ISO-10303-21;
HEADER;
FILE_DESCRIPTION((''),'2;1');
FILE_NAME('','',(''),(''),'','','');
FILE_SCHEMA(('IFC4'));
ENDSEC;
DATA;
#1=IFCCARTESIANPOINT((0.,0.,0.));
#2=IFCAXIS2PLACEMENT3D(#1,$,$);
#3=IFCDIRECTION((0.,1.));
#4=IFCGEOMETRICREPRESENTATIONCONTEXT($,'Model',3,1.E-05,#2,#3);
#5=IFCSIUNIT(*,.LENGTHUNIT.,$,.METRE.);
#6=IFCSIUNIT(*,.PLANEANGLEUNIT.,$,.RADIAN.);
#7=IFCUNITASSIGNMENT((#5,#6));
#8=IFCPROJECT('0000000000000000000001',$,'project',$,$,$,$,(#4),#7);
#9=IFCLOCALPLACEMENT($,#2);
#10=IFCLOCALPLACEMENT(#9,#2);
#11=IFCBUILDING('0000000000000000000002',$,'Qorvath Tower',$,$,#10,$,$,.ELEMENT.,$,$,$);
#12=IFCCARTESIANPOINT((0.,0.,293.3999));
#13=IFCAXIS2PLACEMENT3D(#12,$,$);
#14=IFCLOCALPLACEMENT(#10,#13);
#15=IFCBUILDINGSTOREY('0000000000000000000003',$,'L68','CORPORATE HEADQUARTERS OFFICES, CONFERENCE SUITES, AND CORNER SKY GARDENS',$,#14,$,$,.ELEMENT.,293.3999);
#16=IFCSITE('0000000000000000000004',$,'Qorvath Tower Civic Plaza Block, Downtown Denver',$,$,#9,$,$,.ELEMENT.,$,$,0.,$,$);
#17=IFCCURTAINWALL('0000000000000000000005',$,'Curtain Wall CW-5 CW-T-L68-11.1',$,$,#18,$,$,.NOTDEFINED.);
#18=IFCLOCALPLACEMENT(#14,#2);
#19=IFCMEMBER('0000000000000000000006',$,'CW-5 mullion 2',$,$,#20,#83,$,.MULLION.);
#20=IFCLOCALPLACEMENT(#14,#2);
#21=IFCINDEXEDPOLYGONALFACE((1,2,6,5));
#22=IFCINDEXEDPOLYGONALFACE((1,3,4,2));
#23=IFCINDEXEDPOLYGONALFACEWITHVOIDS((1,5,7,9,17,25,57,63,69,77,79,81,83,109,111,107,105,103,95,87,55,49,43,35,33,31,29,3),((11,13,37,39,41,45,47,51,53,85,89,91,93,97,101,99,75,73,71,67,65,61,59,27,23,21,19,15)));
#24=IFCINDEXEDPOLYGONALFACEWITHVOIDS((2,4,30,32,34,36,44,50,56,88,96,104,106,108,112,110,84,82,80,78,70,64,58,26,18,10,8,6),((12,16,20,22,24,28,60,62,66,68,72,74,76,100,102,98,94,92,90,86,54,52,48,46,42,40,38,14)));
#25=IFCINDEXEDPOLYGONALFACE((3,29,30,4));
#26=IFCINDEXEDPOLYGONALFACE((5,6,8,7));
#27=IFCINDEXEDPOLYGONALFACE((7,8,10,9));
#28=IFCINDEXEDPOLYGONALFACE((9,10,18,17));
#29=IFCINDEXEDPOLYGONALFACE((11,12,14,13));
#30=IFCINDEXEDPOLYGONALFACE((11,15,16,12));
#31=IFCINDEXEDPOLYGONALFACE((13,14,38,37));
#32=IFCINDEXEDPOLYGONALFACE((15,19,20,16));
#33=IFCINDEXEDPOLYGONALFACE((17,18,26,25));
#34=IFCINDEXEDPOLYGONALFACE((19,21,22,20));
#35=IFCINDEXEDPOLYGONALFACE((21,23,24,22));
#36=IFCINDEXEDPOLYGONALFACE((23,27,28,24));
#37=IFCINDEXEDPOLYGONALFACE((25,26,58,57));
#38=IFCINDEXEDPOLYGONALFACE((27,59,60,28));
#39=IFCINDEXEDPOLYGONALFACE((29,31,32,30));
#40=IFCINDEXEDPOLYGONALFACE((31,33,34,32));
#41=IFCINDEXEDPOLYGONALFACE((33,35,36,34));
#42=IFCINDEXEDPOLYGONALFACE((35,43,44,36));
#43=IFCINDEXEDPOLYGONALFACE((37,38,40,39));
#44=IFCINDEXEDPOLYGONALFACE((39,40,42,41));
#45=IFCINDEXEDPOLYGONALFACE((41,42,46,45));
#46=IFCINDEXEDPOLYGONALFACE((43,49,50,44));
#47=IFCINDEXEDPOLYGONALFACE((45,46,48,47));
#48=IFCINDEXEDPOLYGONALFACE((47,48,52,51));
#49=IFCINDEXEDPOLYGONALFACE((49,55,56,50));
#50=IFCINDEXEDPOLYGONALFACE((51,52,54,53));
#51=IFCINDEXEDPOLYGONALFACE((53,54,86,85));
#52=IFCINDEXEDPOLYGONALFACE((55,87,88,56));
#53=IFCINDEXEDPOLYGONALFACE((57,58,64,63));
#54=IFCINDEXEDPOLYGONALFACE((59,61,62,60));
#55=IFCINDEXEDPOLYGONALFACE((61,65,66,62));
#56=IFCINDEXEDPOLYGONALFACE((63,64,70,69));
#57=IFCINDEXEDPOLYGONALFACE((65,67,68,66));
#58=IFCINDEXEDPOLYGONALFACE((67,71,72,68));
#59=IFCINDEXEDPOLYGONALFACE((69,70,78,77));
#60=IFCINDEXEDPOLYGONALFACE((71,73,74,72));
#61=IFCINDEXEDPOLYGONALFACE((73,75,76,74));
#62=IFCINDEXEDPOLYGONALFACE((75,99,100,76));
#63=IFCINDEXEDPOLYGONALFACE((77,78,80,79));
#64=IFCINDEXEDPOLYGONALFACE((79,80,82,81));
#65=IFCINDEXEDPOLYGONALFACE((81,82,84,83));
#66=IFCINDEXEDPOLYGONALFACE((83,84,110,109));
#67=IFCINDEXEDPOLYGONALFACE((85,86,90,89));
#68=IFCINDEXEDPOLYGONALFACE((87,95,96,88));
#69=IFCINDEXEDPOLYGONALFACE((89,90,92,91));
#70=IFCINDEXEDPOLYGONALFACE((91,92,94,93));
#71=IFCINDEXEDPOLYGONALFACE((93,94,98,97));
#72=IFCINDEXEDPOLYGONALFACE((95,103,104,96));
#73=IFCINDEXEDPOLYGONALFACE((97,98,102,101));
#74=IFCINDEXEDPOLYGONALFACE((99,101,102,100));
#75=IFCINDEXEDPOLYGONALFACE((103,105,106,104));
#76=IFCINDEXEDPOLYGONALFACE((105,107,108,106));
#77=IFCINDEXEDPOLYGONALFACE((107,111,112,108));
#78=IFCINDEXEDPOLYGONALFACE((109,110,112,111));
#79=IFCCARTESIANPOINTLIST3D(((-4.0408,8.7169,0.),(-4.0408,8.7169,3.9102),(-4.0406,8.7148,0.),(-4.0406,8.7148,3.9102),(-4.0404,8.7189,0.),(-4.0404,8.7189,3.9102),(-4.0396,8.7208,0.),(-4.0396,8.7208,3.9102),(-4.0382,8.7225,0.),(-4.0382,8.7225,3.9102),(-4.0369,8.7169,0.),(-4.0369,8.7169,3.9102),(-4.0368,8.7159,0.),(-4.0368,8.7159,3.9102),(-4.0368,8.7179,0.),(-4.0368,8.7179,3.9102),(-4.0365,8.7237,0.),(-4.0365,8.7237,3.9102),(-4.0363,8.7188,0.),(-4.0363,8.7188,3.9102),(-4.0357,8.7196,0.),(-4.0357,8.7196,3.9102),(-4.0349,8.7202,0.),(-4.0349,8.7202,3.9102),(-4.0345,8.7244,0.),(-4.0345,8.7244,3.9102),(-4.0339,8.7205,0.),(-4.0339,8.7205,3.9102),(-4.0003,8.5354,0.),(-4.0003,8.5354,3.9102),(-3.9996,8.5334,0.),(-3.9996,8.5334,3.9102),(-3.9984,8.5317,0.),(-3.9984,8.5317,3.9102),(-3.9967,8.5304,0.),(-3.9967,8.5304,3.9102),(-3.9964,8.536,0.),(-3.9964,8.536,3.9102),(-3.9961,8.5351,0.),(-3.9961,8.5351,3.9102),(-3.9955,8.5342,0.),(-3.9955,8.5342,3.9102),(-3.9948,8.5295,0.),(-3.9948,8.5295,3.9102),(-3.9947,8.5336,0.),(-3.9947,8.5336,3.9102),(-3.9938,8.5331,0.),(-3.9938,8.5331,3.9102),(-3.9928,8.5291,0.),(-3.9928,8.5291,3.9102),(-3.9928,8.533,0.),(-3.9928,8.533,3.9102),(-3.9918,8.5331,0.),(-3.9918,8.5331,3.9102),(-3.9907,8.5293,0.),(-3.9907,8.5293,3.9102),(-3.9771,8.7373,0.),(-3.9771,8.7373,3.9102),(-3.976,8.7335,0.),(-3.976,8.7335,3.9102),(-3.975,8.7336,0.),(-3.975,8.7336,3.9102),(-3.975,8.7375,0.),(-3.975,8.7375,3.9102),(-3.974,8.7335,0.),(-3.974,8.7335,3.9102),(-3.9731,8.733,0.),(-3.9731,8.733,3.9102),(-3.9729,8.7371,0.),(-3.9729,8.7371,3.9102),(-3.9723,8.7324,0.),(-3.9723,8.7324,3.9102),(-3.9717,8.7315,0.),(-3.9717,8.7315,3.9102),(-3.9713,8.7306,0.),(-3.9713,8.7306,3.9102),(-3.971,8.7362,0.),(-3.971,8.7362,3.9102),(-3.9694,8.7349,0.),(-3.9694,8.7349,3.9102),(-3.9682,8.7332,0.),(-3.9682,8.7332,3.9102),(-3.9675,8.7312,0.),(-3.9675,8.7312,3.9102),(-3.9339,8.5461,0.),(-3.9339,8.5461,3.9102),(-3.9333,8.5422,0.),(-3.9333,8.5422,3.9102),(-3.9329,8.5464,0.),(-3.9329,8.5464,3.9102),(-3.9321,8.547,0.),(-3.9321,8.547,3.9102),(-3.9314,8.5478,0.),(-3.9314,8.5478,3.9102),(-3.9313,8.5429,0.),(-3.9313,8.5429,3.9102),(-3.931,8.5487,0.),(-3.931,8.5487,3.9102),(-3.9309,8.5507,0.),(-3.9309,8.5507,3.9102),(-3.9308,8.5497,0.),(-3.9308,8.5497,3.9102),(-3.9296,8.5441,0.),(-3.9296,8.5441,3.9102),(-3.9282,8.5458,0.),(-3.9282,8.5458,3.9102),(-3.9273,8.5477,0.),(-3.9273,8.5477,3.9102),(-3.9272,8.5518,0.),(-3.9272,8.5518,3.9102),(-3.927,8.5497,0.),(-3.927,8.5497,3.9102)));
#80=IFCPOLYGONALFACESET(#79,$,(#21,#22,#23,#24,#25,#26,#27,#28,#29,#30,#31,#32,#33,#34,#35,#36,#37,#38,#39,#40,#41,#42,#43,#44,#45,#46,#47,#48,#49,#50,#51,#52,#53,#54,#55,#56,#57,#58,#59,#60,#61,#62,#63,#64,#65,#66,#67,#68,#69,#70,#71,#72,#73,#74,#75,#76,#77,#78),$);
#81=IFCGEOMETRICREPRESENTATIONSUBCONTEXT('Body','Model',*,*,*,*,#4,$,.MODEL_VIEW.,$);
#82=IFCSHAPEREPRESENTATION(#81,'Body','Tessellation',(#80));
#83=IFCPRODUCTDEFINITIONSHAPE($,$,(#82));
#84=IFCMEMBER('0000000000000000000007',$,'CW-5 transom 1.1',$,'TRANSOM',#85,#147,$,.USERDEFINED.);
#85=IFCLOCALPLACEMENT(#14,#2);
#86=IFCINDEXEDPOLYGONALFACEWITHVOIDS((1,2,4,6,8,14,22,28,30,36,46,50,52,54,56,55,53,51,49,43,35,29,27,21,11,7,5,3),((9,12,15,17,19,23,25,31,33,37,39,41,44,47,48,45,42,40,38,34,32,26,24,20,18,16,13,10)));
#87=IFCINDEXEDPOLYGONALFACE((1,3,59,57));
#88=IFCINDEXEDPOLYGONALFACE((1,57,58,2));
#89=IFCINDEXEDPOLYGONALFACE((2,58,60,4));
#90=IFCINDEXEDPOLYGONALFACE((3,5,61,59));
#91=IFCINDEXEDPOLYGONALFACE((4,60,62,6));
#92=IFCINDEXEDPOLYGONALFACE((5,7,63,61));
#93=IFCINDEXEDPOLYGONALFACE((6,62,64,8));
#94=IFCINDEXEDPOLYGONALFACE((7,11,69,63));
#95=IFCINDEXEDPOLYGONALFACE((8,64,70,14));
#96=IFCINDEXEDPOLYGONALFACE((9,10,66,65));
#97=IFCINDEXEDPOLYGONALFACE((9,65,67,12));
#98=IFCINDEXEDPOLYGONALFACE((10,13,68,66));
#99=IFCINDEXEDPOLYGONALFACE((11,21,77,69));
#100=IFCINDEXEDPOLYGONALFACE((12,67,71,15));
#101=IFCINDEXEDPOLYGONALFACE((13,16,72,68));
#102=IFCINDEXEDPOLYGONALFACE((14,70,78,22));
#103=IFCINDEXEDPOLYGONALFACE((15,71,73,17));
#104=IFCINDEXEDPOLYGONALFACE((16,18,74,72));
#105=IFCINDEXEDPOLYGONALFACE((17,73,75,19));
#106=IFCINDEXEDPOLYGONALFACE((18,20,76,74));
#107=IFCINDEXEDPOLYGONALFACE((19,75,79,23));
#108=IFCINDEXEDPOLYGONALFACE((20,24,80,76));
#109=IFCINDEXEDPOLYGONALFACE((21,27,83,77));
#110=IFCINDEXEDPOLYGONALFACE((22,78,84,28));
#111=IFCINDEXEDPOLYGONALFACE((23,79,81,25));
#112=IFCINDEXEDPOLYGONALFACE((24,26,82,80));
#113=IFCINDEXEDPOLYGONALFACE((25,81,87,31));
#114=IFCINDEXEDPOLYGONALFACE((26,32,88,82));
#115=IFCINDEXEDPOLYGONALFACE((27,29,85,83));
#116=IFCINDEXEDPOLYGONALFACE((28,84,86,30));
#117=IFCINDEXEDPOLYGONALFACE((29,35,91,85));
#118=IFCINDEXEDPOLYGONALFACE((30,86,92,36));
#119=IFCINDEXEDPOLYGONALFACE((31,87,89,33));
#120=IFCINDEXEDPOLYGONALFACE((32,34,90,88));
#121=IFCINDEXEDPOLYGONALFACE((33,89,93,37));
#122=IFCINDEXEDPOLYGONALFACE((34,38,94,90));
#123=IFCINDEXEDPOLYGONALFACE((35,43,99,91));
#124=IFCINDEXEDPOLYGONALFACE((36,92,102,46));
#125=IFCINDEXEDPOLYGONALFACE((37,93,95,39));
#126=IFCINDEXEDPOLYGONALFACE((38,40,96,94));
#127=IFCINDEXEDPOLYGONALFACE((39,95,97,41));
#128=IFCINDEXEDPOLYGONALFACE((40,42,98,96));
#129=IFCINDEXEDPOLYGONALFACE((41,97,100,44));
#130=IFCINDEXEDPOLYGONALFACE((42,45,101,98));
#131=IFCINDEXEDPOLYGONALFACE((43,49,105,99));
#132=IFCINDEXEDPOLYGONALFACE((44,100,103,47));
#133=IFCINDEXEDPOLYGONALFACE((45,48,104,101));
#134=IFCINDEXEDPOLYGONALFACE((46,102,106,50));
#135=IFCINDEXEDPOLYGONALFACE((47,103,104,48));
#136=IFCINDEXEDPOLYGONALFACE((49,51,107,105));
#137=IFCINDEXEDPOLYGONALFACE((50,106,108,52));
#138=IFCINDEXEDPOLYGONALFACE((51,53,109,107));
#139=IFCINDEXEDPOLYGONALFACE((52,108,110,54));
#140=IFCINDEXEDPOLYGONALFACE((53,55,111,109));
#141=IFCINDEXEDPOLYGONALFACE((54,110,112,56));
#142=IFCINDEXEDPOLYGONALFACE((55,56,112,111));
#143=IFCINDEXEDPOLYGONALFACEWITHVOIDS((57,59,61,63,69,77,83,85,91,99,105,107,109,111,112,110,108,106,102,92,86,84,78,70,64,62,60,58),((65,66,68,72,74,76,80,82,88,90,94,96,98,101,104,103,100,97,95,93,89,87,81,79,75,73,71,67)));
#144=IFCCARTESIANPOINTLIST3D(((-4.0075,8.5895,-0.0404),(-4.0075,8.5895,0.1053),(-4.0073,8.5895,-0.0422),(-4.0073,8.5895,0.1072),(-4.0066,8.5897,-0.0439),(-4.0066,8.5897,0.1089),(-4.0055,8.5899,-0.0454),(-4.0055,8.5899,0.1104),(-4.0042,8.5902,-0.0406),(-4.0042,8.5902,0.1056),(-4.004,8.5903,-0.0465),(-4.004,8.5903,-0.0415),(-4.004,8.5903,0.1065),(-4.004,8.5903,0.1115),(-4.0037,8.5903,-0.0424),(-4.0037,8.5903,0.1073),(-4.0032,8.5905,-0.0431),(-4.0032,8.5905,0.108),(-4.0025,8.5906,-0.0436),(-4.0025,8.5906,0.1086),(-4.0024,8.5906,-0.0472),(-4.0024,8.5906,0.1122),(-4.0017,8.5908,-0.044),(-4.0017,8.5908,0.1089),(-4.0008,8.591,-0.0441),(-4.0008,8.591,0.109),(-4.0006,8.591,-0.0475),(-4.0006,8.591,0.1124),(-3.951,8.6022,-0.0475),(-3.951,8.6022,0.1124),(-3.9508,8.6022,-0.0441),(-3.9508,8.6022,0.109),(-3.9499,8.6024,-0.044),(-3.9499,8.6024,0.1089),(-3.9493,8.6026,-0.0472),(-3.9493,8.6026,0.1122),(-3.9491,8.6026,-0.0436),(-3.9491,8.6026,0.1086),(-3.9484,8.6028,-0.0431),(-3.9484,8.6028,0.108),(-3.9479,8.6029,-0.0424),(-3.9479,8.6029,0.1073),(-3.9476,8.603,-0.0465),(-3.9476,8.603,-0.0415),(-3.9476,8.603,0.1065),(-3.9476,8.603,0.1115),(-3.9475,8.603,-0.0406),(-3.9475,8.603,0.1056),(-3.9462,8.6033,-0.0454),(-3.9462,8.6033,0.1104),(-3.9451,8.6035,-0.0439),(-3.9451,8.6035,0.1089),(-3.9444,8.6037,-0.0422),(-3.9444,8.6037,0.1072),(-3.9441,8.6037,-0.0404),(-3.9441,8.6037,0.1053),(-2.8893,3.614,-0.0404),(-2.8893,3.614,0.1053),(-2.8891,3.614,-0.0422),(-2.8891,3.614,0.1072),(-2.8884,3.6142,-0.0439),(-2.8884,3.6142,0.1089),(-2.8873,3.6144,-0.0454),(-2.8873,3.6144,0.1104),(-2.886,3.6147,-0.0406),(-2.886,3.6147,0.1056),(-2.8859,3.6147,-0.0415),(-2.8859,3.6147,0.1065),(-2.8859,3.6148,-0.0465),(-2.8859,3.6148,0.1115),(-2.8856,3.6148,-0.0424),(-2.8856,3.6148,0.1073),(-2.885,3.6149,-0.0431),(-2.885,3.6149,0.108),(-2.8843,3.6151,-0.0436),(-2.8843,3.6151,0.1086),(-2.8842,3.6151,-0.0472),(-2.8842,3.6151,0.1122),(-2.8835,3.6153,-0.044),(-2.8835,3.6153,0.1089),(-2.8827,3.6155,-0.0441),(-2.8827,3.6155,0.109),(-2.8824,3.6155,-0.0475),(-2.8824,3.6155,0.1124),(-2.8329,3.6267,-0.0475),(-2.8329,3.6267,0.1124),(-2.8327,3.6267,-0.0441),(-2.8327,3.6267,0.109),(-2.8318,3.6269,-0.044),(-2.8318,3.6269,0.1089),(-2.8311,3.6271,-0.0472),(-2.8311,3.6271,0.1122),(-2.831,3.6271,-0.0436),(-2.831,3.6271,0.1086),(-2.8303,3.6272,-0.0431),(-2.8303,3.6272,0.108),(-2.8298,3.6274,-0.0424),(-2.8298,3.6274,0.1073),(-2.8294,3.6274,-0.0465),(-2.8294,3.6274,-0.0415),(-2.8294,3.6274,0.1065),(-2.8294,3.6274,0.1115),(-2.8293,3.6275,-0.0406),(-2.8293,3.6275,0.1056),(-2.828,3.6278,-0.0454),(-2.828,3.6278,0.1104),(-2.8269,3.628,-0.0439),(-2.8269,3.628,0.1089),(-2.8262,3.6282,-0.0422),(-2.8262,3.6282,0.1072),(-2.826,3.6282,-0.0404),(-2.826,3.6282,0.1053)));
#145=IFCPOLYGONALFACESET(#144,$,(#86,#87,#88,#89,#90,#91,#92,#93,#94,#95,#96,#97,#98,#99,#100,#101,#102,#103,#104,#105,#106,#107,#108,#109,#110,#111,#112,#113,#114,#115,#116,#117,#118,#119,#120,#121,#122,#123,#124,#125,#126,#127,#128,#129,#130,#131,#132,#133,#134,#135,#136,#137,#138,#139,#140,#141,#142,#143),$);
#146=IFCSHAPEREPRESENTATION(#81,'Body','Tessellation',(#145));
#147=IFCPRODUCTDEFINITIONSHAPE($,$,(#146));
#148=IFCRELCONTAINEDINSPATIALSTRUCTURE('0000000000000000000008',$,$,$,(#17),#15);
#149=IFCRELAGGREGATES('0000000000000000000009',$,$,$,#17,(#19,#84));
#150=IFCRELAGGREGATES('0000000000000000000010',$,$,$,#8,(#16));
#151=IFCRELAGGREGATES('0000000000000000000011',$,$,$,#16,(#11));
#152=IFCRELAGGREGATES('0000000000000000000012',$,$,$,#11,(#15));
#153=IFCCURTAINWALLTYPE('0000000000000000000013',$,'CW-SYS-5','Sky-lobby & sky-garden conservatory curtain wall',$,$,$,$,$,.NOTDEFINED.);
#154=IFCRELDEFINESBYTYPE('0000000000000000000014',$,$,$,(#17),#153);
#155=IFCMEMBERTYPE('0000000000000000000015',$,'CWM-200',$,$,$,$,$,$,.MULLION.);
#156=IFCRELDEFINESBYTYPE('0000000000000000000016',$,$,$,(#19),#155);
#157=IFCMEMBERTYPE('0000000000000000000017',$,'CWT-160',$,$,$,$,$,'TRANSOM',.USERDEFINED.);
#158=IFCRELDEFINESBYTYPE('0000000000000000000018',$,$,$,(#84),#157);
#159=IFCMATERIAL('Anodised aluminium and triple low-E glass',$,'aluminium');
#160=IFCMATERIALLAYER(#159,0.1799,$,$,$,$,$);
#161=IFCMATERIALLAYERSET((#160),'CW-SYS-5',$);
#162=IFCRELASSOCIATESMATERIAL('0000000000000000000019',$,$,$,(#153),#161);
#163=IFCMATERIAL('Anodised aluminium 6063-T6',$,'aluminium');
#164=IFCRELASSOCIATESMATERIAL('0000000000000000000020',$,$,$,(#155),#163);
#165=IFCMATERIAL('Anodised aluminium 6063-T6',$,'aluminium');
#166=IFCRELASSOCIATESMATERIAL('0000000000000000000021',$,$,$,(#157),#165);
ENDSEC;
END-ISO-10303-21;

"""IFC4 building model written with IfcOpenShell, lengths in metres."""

from ifc_helpers import new_model, si_unit, direction, frame, origin, origin_2d, place, context, subcontext, project, spatial, hollow_rectangle, extrude, material, layer, layer_set, material_profile, profile_set, type_object, element, aggregate, save


model = new_model("IFC4")

# Units and contexts
model_context = context("Model", 3, precision=1e-05, world=origin(), true_north=direction((0.0, 1.0)))
body_context = subcontext(model_context, "Body", "Model", "MODEL_VIEW")
ifc_project = project(units=[si_unit("LENGTHUNIT", "METRE"), si_unit("PLANEANGLEUNIT", "RADIAN")], contexts=[model_context])

# Site, building, storey
site_placement = place(None, origin())
site = spatial("IfcSite", under=ifc_project, at=site_placement, Name="Qorvath Tower Civic Plaza Block, Downtown Denver", CompositionType="ELEMENT", RefElevation=0.0)
building_placement = place(site_placement, origin())
building = spatial("IfcBuilding", under=site, at=building_placement, Name="Qorvath Tower", CompositionType="ELEMENT")
storey_placement = place(building_placement, frame((0.0, 0.0, 293.3999)))
storey = spatial("IfcBuildingStorey", under=building, at=storey_placement, Name="L68", Description="CORPORATE HEADQUARTERS OFFICES, CONFERENCE SUITES, AND CORNER SKY GARDENS", CompositionType="ELEMENT", Elevation=293.3999)

# Shared definitions
ifc_material_1 = material(Name="Anodised aluminium and triple low-E glass", Category="aluminium")
ifc_layer_1 = layer(ifc_material_1, 0.1799)
ifc_layer_set_1 = layer_set([ifc_layer_1], Name="CW-SYS-5")
curtain_wall_type = type_object("IfcCurtainWallType", Name="CW-SYS-5", Description="Sky-lobby & sky-garden conservatory curtain wall", PredefinedType="NOTDEFINED", material=ifc_layer_set_1)
ifc_material_2 = material(Name="Anodised aluminium 6063-T6", Category="aluminium")
ifc_material_profile_1 = material_profile(ifc_material_2, hollow_rectangle(XDim=0.075, YDim=0.2, WallThickness=0.0039, InnerFilletRadius=0.0039, OuterFilletRadius=0.0081, at=origin_2d()), Name="CWM 200x75")
ifc_profile_set_1 = profile_set([ifc_material_profile_1], Name="Anodised aluminium 6063-T6")
member_type_1 = type_object("IfcMemberType", Name="CWM-200", PredefinedType="MULLION", material=ifc_profile_set_1)

# Curtain wall, members
curtain_wall_1_placement = place(storey_placement, origin())
curtain_wall_1 = element("IfcCurtainWall", 1, at=curtain_wall_1_placement, inside=storey, type_object=curtain_wall_type, Name="Curtain Wall CW-5 CW-T-L68-11.1", PredefinedType="NOTDEFINED")
member_1_placement = place(storey_placement, frame((-3.9839, 8.6333, 0.0), z_axis=(0.0, 0.0, 1.0), x_axis=(-0.975665, -0.219267, 0.0)))
member_1 = element("IfcMember", 2, at=member_1_placement, type_object=member_type_1, Name="CW-5 mullion 2", PredefinedType="MULLION", context=body_context, shape_type="SweptSolid", body=[
    extrude(hollow_rectangle(XDim=0.075, YDim=0.2, WallThickness=0.0039, InnerFilletRadius=0.0039, OuterFilletRadius=0.0081, at=origin_2d()), origin(), (0.0, 0.0, 1.0), 3.9102),
])
ifc_material_3 = material(Name="Anodised aluminium 6063-T6", Category="aluminium")
ifc_material_profile_2 = material_profile(ifc_material_3, hollow_rectangle(XDim=0.0649, YDim=0.1599, WallThickness=0.0034, InnerFilletRadius=0.0034, OuterFilletRadius=0.0071, at=origin_2d()), Name="CWT 160x65")
ifc_profile_set_2 = profile_set([ifc_material_profile_2], Name="Anodised aluminium 6063-T6")
member_type_2 = type_object("IfcMemberType", Name="CWT-160", ElementType="TRANSOM", PredefinedType="USERDEFINED", material=ifc_profile_set_2)
member_2_placement = place(storey_placement, frame((-2.8577, 3.6211, 0.0325), z_axis=(-0.219262, 0.975666, 0.0), x_axis=(-0.975666, -0.219262, 0.0)))
member_2 = element("IfcMember", 3, at=member_2_placement, type_object=member_type_2, Name="CW-5 transom 1.1", ObjectType="TRANSOM", PredefinedType="USERDEFINED", context=body_context, shape_type="SweptSolid", body=[
    extrude(hollow_rectangle(XDim=0.0649, YDim=0.1599, WallThickness=0.0034, InnerFilletRadius=0.0034, OuterFilletRadius=0.0071, at=origin_2d()), origin(), (0.0, 0.0, 1.0), 5.0996),
])
aggregate(curtain_wall_1, [member_1, member_2])

save(model, "model.ifc")
